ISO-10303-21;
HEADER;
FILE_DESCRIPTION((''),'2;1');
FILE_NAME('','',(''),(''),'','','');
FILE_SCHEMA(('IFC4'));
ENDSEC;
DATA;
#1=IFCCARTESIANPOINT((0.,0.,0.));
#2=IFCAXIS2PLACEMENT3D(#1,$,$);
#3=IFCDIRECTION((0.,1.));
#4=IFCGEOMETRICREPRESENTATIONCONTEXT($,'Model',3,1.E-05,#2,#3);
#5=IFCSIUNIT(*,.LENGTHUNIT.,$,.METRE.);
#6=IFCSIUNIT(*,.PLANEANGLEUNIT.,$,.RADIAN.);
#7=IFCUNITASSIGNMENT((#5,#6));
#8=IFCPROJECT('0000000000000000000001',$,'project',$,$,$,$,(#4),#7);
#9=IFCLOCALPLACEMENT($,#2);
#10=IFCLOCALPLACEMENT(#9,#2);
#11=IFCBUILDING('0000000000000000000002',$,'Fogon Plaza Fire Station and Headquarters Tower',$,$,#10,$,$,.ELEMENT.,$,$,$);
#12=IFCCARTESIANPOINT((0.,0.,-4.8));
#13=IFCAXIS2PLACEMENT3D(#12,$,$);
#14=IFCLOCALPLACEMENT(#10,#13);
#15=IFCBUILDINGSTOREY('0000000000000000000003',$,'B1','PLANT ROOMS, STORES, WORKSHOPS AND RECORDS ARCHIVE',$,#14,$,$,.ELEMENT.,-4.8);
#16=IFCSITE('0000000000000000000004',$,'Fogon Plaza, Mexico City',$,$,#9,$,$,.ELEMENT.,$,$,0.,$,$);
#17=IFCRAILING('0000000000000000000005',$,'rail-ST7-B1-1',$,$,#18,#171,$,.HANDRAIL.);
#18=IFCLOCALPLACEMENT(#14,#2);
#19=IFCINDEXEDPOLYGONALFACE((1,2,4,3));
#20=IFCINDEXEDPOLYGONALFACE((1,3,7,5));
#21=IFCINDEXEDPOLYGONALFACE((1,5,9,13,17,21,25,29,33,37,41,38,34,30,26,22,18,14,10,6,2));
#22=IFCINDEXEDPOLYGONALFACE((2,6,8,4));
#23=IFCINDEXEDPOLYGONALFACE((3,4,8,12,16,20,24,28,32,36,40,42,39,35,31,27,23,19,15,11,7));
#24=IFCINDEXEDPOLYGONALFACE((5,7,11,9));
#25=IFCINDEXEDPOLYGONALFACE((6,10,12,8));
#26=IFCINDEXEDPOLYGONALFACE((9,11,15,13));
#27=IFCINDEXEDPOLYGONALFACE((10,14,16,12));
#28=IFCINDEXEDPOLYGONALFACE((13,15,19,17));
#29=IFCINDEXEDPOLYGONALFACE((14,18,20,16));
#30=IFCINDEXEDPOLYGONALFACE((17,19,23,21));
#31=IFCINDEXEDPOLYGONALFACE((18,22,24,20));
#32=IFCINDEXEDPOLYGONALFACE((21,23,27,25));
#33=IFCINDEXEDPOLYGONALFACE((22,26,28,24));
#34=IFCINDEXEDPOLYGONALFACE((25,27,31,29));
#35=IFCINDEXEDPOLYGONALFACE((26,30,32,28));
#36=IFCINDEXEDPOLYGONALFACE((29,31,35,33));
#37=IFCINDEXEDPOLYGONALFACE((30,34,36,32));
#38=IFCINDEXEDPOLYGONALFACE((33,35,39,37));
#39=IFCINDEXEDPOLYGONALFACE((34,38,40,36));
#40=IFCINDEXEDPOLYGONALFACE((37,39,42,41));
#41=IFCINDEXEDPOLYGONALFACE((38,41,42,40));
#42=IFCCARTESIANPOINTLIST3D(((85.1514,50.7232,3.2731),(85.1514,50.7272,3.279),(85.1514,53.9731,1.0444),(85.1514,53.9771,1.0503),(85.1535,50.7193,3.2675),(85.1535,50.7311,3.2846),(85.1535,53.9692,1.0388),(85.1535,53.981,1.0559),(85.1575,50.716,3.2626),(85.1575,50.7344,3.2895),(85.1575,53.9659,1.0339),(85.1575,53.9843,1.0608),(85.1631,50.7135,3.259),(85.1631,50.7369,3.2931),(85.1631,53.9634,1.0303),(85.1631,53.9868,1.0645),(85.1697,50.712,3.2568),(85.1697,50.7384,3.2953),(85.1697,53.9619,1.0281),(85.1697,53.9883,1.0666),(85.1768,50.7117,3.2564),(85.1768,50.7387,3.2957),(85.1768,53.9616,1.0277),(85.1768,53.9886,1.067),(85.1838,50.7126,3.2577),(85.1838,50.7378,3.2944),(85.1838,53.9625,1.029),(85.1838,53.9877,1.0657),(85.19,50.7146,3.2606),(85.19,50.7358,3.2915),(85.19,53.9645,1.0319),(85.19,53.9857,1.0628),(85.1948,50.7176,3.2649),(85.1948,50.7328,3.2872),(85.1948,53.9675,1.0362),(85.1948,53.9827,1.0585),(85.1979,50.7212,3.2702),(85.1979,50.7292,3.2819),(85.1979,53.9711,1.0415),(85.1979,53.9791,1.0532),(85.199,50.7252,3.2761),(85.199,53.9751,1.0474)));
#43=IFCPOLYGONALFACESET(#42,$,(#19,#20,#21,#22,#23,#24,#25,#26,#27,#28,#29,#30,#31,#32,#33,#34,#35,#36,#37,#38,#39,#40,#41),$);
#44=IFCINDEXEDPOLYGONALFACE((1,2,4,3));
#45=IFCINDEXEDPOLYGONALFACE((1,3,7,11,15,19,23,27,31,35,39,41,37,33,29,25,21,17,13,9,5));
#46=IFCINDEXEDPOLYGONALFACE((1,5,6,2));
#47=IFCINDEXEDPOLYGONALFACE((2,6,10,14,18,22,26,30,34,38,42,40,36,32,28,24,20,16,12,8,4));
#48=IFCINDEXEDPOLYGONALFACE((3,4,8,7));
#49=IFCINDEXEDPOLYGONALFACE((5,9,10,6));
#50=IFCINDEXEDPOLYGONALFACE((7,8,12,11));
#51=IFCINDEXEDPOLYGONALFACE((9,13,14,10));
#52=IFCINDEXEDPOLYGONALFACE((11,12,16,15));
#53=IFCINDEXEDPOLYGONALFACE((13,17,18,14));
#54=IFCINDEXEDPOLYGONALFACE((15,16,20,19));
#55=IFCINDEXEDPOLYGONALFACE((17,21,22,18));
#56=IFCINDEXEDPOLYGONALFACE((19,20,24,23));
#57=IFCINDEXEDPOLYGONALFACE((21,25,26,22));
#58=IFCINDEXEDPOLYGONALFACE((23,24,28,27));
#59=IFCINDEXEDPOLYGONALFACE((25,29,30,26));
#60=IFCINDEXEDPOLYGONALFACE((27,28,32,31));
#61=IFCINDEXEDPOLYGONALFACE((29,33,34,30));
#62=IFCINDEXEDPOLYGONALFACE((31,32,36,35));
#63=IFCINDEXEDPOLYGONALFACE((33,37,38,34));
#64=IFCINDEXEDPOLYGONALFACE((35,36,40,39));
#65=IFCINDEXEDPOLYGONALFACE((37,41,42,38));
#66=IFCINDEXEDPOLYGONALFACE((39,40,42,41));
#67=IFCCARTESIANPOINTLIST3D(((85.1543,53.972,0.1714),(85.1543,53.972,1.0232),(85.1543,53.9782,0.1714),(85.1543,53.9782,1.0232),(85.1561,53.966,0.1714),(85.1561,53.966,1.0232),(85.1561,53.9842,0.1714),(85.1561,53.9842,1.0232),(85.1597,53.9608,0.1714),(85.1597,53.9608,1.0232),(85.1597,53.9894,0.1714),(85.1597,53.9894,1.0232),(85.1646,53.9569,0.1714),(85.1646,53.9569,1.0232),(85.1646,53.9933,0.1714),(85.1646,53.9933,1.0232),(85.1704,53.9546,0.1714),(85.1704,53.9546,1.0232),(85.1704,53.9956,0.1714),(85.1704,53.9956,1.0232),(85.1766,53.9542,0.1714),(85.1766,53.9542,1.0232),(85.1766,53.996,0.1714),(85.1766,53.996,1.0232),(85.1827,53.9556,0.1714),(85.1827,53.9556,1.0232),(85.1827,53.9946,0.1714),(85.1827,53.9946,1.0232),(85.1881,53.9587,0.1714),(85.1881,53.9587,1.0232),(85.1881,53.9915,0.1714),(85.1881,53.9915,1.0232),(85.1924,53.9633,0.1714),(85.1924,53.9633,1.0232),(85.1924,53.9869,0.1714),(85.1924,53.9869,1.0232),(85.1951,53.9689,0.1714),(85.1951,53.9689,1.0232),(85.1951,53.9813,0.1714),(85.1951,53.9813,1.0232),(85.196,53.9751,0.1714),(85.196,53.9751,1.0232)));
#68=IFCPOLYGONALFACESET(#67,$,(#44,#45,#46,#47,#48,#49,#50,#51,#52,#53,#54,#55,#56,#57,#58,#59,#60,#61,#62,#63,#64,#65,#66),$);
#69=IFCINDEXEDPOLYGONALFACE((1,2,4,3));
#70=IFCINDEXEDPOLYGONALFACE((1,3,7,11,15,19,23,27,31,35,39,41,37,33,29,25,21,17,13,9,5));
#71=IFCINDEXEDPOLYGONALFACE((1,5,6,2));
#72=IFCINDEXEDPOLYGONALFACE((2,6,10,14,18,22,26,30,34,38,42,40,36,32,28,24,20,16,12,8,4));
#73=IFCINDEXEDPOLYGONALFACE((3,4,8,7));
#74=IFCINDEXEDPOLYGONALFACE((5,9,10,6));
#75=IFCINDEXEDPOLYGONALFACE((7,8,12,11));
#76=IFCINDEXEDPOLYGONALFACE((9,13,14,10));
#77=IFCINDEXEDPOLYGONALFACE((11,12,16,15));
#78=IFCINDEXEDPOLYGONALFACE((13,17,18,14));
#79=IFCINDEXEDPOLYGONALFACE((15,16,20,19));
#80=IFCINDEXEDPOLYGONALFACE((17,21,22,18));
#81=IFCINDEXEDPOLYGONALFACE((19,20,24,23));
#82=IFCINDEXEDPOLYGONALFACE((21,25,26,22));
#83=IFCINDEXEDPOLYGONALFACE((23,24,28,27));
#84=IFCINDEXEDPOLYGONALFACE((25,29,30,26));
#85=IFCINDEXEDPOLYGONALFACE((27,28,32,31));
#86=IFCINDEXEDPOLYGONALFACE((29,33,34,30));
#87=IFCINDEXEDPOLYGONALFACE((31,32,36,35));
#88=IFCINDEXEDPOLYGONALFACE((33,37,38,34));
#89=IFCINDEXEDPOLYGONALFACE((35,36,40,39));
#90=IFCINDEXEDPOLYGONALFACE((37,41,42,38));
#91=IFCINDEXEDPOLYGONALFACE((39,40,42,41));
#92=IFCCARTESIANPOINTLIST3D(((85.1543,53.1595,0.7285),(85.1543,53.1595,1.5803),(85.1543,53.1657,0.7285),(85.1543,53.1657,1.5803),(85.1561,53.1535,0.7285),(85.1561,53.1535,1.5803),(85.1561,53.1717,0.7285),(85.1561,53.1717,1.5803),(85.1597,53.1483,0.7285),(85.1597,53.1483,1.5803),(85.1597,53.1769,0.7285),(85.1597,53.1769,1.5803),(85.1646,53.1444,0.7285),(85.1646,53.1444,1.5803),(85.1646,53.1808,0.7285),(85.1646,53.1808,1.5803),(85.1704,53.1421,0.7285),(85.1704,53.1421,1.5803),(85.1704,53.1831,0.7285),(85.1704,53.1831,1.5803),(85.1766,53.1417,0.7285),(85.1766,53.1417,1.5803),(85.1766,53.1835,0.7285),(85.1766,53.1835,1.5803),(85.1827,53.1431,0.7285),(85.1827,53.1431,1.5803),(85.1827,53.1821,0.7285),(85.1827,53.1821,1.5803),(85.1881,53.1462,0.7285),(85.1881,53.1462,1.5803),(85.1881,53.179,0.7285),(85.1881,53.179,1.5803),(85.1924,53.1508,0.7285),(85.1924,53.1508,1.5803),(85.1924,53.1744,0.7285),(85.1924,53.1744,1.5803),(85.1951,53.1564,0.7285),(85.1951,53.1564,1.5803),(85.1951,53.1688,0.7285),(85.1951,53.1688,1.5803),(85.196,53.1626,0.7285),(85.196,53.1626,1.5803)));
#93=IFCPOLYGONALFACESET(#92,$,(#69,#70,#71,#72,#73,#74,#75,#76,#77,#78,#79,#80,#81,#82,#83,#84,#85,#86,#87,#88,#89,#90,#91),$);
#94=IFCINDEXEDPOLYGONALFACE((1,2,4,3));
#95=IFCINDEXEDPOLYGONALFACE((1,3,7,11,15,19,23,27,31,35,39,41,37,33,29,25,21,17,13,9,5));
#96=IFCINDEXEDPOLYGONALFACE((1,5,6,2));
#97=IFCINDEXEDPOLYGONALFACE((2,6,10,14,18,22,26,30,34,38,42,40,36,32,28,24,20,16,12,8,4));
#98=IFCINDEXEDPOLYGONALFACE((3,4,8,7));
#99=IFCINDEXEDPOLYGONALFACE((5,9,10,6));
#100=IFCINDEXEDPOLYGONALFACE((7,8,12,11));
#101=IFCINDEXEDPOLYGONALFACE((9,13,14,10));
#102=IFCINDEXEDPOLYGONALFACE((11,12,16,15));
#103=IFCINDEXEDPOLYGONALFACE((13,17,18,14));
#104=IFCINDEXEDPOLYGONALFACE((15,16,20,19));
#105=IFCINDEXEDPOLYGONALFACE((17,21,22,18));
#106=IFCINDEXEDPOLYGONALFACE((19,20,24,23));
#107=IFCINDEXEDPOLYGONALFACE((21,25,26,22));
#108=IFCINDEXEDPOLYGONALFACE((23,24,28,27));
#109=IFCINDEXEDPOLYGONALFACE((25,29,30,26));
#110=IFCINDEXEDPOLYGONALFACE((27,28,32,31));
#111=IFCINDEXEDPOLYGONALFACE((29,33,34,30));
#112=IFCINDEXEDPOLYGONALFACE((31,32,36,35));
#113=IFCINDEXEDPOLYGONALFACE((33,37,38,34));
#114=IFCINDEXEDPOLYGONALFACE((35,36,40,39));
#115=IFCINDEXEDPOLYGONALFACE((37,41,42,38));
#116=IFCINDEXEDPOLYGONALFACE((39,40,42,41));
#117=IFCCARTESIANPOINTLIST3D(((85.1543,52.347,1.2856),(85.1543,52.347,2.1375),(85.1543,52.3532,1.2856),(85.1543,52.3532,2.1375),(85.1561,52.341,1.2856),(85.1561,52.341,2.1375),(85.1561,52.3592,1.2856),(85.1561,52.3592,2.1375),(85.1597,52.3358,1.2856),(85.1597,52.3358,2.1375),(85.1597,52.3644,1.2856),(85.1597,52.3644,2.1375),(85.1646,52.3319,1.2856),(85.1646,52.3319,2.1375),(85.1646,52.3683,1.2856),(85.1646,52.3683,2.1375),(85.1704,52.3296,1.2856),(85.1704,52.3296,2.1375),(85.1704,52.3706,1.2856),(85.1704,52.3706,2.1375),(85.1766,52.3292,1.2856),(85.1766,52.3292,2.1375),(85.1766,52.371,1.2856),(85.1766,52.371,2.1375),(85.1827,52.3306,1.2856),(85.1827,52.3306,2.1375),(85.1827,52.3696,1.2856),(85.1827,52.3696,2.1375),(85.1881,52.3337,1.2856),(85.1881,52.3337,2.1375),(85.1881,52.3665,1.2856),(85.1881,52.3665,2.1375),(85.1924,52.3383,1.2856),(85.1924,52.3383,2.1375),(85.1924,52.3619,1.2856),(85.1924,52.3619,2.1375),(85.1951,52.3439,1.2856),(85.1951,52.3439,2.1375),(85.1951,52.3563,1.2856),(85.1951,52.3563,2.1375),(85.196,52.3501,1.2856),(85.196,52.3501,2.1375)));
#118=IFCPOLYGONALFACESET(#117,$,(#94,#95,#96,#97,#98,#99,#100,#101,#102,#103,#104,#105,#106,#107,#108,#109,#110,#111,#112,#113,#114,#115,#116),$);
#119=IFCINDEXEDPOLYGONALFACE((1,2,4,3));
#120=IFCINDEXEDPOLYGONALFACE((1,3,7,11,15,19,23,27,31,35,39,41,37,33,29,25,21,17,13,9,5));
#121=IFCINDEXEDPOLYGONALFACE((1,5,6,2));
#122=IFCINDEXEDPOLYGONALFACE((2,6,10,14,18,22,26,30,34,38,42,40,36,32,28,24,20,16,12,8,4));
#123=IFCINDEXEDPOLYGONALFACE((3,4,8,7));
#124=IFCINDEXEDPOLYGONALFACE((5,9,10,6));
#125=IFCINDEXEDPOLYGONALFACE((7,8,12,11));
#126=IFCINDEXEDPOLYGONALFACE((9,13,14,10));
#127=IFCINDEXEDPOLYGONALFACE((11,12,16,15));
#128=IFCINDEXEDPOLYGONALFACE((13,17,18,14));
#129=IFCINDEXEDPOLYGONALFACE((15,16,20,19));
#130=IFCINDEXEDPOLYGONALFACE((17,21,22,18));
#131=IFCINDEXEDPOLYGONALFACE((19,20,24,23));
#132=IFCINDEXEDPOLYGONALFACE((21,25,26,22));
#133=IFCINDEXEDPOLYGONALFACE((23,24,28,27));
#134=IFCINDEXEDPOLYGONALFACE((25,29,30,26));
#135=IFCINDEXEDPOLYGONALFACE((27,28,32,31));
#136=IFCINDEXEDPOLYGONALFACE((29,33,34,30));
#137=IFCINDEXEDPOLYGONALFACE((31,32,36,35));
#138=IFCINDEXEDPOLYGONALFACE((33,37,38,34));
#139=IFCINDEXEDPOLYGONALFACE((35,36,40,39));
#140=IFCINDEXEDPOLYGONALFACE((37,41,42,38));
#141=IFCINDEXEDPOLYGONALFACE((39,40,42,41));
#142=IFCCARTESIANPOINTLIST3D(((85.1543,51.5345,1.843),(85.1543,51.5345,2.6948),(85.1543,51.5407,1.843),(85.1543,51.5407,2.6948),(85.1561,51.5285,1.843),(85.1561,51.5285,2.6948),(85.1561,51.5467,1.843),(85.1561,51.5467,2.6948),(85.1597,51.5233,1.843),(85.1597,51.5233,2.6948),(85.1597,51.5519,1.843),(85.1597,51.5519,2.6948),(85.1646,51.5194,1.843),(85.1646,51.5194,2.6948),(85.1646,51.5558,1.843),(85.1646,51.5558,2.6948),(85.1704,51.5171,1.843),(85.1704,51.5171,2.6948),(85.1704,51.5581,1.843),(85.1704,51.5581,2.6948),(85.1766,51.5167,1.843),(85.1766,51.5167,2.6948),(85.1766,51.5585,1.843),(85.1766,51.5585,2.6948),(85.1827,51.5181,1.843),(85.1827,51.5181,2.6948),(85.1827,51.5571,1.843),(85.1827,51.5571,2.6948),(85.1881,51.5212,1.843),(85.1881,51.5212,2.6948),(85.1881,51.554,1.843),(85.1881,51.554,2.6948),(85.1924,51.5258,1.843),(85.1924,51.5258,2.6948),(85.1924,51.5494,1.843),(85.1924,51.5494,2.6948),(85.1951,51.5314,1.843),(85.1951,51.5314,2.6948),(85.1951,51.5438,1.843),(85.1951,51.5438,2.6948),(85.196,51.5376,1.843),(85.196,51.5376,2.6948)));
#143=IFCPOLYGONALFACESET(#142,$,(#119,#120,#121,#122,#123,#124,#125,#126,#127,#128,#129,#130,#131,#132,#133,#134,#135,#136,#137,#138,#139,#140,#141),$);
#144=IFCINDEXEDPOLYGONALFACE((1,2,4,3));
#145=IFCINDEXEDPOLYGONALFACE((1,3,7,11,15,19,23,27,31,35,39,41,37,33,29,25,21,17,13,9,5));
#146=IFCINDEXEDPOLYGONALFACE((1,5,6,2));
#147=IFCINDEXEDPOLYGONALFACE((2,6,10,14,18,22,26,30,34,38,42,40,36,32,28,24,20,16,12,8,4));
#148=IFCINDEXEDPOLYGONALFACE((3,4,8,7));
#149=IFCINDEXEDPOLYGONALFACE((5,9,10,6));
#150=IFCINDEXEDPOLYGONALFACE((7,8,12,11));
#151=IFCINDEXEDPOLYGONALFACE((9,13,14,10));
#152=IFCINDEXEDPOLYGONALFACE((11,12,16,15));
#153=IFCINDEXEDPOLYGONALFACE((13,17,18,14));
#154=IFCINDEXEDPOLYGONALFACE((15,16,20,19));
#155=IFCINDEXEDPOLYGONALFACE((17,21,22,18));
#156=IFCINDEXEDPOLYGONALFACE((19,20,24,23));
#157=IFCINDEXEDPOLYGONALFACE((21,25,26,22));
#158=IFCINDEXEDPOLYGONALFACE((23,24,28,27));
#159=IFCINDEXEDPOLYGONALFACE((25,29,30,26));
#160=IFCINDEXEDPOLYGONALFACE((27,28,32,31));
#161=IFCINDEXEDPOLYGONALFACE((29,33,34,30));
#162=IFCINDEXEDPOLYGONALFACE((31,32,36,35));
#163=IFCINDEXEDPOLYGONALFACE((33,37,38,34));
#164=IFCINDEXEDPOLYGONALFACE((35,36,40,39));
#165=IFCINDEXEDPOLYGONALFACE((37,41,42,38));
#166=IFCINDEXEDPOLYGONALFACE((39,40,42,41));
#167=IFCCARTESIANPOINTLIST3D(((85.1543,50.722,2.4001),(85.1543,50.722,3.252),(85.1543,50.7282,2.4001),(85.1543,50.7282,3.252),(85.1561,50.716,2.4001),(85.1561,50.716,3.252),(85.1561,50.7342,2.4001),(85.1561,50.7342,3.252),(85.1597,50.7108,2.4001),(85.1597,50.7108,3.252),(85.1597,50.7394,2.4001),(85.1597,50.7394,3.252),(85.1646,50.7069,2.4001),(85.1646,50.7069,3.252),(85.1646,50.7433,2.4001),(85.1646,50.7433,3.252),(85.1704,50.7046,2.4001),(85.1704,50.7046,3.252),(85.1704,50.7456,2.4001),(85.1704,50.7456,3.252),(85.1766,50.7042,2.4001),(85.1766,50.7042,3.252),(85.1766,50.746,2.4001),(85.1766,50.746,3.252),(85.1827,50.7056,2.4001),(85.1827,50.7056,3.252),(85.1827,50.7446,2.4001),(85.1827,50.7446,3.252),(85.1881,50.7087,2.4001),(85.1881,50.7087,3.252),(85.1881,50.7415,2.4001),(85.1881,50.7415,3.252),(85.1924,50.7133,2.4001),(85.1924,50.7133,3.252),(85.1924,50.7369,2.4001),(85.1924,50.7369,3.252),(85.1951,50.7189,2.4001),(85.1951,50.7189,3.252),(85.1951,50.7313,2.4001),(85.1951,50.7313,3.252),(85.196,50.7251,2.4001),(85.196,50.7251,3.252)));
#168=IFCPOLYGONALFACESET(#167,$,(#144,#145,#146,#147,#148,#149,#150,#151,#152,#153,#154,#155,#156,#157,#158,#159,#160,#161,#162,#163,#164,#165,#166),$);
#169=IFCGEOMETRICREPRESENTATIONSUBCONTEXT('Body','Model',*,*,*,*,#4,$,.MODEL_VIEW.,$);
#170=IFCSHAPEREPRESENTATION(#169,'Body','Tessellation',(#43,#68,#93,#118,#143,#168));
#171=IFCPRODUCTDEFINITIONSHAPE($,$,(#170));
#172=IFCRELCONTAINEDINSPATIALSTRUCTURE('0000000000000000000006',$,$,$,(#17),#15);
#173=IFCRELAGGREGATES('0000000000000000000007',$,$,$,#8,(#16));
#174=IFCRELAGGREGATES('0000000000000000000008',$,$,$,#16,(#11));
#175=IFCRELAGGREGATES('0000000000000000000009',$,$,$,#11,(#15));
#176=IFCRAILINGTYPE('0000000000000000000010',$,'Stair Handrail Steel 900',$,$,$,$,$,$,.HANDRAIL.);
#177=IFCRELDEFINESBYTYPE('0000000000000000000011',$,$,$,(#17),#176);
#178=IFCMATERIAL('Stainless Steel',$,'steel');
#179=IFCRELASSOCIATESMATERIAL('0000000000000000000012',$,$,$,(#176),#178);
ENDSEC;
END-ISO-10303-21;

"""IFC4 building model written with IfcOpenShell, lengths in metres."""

from ifc_helpers import new_model, si_unit, direction, frame, origin, origin_2d, place, context, subcontext, project, spatial, circle, extrude, material, type_object, element, save


model = new_model("IFC4")

# Units and contexts
model_context = context("Model", 3, precision=1e-05, world=origin(), true_north=direction((0.0, 1.0)))
body_context = subcontext(model_context, "Body", "Model", "MODEL_VIEW")
ifc_project = project(units=[si_unit("LENGTHUNIT", "METRE"), si_unit("PLANEANGLEUNIT", "RADIAN")], contexts=[model_context])

# Site, building, storey
site_placement = place(None, origin())
site = spatial("IfcSite", under=ifc_project, at=site_placement, Name="Fogon Plaza, Mexico City", CompositionType="ELEMENT", RefElevation=0.0)
building_placement = place(site_placement, origin())
building = spatial("IfcBuilding", under=site, at=building_placement, Name="Fogon Plaza Fire Station and Headquarters Tower", CompositionType="ELEMENT")
storey_placement = place(building_placement, frame((0.0, 0.0, -4.8)))
storey = spatial("IfcBuildingStorey", under=building, at=storey_placement, Name="B1", Description="PLANT ROOMS, STORES, WORKSHOPS AND RECORDS ARCHIVE", CompositionType="ELEMENT", Elevation=-4.8)

# Railing
ifc_material_1 = material(Name="Stainless Steel", Category="steel")
railing_type_1 = type_object("IfcRailingType", Name="Stair Handrail Steel 900", PredefinedType="HANDRAIL", material=ifc_material_1)
for number, where, name in (
    (1, (85.175, 53.9751, 0.1714), "rail-ST7-B1-1"),
):
    element("IfcRailing", number, at=place(storey_placement, frame(where)), inside=storey, type_object=railing_type_1, Name=name, PredefinedType="HANDRAIL", context=body_context, shape_type="SweptSolid", body=[
        extrude(circle(Radius=0.0239, at=origin_2d()), frame((0.0, 0.0, 0.876), z_axis=(0.0, -0.824707, 0.565561), x_axis=(1.0, 0.0, 0.0)), (0.0, 0.0, 1.0), 3.9407),
        extrude(circle(Radius=0.021, at=origin_2d()), origin(), (0.0, 0.0, 1.0), 0.8518),
        extrude(circle(Radius=0.021, at=origin_2d()), frame((0.0, -0.8125, 0.5571)), (0.0, 0.0, 1.0), 0.8518),
        extrude(circle(Radius=0.021, at=origin_2d()), frame((0.0, -1.625, 1.1143)), (0.0, 0.0, 1.0), 0.8518),
        extrude(circle(Radius=0.021, at=origin_2d()), frame((0.0, -2.4375, 1.6716)), (0.0, 0.0, 1.0), 0.8518),
        extrude(circle(Radius=0.021, at=origin_2d()), frame((0.0, -3.25, 2.2288)), (0.0, 0.0, 1.0), 0.8518),
    ])

save(model, "model.ifc")
